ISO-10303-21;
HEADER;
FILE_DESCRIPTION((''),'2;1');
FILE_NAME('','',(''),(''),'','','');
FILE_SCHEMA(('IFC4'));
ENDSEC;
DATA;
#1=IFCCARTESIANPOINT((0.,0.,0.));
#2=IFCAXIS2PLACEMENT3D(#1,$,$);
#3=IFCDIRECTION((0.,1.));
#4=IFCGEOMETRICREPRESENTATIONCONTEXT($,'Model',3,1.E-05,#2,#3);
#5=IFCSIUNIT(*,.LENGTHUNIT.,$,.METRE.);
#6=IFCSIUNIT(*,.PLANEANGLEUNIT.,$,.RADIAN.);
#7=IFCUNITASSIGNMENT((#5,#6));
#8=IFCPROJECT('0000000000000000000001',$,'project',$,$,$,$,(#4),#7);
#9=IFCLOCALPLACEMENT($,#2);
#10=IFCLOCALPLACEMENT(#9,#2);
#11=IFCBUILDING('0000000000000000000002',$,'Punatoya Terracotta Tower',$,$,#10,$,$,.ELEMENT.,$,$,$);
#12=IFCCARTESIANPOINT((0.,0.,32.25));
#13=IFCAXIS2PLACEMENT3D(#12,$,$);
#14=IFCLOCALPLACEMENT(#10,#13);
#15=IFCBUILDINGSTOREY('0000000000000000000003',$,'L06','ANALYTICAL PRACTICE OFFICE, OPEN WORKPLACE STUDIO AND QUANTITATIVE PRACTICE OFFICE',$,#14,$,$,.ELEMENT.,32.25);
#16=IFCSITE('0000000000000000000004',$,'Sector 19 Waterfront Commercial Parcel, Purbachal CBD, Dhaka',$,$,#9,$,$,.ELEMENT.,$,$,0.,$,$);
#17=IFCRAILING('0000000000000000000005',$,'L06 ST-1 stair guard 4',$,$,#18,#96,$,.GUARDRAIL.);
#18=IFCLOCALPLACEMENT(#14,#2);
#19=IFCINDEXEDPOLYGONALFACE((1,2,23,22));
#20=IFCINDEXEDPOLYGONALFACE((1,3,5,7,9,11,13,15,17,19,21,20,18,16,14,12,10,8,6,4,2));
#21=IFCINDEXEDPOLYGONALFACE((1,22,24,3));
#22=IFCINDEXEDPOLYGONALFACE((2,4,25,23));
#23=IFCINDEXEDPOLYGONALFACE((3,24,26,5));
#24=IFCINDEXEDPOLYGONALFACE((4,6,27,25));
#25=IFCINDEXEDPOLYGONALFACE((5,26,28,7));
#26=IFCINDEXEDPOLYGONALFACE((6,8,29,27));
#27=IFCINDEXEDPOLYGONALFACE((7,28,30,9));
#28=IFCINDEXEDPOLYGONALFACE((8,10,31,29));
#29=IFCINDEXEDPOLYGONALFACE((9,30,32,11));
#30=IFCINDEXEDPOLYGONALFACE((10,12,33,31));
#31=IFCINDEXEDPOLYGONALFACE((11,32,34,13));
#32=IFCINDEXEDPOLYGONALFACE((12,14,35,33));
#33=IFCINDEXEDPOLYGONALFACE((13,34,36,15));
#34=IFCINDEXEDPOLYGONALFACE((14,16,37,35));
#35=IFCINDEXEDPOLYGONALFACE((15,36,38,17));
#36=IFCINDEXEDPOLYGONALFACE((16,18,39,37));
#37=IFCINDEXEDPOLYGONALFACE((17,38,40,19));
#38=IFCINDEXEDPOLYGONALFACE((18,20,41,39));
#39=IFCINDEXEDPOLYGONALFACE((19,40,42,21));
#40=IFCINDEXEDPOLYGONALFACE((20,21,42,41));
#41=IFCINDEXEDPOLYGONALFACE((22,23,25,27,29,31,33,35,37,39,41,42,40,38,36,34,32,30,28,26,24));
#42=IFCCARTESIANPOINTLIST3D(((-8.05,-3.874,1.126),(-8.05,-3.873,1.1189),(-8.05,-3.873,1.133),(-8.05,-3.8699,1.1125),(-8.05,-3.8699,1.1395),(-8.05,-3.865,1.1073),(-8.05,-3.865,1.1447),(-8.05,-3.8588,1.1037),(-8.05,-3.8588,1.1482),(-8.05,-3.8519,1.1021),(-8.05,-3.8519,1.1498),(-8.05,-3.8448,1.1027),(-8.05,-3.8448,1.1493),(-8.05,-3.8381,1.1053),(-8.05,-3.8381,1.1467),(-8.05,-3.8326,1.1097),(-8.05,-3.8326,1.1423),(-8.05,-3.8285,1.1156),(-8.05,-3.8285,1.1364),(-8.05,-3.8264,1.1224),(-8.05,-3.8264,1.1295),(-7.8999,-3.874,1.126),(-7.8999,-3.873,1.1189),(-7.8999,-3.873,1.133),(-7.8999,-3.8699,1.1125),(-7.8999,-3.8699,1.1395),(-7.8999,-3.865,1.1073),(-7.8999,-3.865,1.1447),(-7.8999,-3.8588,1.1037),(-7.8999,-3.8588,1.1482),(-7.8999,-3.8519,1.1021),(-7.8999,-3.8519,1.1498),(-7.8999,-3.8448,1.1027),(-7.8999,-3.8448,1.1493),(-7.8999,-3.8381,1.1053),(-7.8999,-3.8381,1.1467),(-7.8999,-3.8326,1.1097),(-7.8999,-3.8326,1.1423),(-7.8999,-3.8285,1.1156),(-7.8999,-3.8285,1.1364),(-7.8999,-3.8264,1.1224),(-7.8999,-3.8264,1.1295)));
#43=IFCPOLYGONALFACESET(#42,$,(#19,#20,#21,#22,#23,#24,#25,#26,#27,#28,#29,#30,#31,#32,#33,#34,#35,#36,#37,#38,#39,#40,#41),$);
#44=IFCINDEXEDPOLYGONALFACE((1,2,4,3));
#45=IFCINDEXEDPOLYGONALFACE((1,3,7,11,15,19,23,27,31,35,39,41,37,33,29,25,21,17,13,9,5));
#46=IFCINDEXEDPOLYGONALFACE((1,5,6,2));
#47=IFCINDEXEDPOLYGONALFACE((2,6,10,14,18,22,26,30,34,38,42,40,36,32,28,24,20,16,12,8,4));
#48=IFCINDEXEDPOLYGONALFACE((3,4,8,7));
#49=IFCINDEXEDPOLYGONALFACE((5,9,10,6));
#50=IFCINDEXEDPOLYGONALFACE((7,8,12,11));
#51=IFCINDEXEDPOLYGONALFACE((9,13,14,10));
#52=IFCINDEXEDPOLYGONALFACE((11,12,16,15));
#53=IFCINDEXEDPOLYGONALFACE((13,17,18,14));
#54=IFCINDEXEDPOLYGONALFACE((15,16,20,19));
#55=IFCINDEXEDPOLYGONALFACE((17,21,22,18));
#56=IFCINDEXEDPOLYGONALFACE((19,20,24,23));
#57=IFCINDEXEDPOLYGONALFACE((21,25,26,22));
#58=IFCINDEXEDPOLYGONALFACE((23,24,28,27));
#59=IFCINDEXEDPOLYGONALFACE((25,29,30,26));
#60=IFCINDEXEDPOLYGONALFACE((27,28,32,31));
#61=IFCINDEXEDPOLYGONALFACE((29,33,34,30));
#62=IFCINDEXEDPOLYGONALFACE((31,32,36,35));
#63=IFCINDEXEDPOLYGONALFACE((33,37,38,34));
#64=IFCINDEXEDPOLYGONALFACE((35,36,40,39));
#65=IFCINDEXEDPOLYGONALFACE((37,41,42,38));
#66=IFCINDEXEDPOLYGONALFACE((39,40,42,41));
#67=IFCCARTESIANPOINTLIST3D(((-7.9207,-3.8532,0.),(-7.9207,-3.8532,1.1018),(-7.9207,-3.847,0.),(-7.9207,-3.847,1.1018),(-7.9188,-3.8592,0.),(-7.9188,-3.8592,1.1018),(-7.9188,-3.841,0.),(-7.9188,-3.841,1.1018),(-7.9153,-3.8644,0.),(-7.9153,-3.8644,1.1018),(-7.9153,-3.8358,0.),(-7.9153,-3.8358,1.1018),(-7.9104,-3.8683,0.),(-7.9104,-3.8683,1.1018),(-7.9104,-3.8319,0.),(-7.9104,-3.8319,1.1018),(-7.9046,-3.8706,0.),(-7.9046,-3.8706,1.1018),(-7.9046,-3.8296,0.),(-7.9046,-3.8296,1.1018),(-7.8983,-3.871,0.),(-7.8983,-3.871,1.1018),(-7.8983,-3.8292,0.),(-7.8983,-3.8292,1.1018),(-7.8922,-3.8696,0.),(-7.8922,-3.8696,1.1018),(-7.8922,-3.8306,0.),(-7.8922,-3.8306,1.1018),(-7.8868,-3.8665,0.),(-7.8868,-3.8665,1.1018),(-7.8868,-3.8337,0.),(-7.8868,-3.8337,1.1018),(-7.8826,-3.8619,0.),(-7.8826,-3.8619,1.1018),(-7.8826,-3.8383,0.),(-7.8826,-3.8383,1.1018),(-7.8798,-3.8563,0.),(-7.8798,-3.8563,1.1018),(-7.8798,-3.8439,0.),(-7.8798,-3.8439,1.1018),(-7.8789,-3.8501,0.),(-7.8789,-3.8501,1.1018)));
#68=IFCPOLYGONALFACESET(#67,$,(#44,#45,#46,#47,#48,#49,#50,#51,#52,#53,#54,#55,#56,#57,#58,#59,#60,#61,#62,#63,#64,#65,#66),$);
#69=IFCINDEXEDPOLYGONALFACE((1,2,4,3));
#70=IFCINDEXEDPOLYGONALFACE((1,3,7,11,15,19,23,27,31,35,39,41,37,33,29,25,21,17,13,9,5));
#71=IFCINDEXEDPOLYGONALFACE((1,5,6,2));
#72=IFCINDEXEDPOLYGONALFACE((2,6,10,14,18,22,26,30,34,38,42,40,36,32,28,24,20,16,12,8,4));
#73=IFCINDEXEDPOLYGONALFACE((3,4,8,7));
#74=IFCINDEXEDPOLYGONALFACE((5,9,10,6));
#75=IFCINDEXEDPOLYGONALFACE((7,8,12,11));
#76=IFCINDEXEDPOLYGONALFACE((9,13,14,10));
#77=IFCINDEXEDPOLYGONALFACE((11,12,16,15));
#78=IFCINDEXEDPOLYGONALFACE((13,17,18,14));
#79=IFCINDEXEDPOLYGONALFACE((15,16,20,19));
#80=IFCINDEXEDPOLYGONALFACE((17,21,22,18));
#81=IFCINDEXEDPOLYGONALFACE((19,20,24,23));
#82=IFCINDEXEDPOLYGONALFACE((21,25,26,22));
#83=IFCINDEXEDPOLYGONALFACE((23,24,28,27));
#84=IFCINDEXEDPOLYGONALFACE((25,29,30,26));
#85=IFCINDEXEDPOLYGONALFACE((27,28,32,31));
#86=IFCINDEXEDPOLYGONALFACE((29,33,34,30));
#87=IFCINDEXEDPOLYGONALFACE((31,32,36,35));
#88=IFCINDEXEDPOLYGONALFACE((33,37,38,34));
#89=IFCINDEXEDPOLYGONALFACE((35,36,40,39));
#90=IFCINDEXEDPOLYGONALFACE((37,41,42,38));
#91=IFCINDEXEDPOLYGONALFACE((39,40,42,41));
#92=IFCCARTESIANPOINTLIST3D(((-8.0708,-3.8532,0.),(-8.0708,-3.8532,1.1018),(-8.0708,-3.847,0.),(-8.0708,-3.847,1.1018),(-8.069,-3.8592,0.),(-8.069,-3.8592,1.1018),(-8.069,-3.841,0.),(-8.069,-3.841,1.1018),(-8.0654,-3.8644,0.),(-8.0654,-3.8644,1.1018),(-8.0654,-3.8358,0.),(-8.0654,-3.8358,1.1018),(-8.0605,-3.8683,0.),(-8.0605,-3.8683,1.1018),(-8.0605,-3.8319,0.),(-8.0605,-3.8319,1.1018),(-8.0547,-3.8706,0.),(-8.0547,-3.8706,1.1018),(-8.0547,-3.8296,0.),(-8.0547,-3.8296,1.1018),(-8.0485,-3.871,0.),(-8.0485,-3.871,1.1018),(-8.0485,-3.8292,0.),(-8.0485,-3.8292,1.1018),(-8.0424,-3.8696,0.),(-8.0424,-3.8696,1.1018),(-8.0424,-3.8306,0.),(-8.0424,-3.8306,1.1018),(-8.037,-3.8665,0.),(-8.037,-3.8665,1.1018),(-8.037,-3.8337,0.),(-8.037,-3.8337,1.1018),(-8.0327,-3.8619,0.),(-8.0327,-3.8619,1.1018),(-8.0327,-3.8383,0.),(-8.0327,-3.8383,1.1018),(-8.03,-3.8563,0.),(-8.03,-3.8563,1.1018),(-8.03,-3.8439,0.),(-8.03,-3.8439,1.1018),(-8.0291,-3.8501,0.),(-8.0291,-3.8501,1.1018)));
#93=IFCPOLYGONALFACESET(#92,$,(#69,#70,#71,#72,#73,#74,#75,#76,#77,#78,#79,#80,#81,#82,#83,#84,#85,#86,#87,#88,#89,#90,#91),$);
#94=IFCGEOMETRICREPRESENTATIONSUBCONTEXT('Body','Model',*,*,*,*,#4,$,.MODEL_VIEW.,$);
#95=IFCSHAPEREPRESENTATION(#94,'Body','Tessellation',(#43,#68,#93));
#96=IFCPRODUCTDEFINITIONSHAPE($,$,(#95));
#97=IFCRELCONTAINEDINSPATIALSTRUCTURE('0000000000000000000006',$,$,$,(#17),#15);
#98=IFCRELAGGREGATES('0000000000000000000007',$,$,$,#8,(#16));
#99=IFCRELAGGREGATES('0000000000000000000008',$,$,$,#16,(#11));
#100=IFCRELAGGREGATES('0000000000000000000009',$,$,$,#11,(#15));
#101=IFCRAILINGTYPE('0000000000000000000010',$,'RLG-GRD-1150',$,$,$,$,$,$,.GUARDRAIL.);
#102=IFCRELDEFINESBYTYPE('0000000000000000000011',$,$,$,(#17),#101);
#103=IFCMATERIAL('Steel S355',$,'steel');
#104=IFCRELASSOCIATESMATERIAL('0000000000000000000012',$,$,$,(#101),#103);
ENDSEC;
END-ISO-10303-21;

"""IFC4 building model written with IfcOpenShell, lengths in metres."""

from ifc_helpers import new_model, si_unit, direction, frame, origin, origin_2d, place, context, subcontext, project, spatial, circle, extrude, material, type_object, element, save


model = new_model("IFC4")

# Units and contexts
model_context = context("Model", 3, precision=1e-05, world=origin(), true_north=direction((0.0, 1.0)))
body_context = subcontext(model_context, "Body", "Model", "MODEL_VIEW")
ifc_project = project(units=[si_unit("LENGTHUNIT", "METRE"), si_unit("PLANEANGLEUNIT", "RADIAN")], contexts=[model_context])

# Site, building, storey
site_placement = place(None, origin())
site = spatial("IfcSite", under=ifc_project, at=site_placement, Name="Sector 19 Waterfront Commercial Parcel, Purbachal CBD, Dhaka", CompositionType="ELEMENT", RefElevation=0.0)
building_placement = place(site_placement, origin())
building = spatial("IfcBuilding", under=site, at=building_placement, Name="Punatoya Terracotta Tower", CompositionType="ELEMENT")
storey_placement = place(building_placement, frame((0.0, 0.0, 32.25)))
storey = spatial("IfcBuildingStorey", under=building, at=storey_placement, Name="L06", Description="ANALYTICAL PRACTICE OFFICE, OPEN WORKPLACE STUDIO AND QUANTITATIVE PRACTICE OFFICE", CompositionType="ELEMENT", Elevation=32.25)

# Shared definitions
ifc_material_1 = material(Name="Steel S355", Category="steel")

# Railing
railing_type_1 = type_object("IfcRailingType", Name="RLG-GRD-1150", PredefinedType="GUARDRAIL", material=ifc_material_1)
railing_1_placement = place(storey_placement, frame((-7.8999, -3.8501, 0.0)))
element("IfcRailing", 1, at=railing_1_placement, inside=storey, type_object=railing_type_1, Name="L06 ST-1 stair guard 4", PredefinedType="GUARDRAIL", context=body_context, shape_type="SweptSolid", body=[
    extrude(circle(Radius=0.0239, at=origin_2d()), frame((0.0, 0.0, 1.126), z_axis=(-1.0, 0.0, 0.0), x_axis=(0.0, -1.0, 0.0)), (0.0, 0.0, 1.0), 0.1501),
    extrude(circle(Radius=0.021, at=origin_2d()), origin(), (0.0, 0.0, 1.0), 1.1018),
    extrude(circle(Radius=0.021, at=origin_2d()), frame((-0.1501, 0.0, 0.0)), (0.0, 0.0, 1.0), 1.1018),
])

save(model, "model.ifc")
